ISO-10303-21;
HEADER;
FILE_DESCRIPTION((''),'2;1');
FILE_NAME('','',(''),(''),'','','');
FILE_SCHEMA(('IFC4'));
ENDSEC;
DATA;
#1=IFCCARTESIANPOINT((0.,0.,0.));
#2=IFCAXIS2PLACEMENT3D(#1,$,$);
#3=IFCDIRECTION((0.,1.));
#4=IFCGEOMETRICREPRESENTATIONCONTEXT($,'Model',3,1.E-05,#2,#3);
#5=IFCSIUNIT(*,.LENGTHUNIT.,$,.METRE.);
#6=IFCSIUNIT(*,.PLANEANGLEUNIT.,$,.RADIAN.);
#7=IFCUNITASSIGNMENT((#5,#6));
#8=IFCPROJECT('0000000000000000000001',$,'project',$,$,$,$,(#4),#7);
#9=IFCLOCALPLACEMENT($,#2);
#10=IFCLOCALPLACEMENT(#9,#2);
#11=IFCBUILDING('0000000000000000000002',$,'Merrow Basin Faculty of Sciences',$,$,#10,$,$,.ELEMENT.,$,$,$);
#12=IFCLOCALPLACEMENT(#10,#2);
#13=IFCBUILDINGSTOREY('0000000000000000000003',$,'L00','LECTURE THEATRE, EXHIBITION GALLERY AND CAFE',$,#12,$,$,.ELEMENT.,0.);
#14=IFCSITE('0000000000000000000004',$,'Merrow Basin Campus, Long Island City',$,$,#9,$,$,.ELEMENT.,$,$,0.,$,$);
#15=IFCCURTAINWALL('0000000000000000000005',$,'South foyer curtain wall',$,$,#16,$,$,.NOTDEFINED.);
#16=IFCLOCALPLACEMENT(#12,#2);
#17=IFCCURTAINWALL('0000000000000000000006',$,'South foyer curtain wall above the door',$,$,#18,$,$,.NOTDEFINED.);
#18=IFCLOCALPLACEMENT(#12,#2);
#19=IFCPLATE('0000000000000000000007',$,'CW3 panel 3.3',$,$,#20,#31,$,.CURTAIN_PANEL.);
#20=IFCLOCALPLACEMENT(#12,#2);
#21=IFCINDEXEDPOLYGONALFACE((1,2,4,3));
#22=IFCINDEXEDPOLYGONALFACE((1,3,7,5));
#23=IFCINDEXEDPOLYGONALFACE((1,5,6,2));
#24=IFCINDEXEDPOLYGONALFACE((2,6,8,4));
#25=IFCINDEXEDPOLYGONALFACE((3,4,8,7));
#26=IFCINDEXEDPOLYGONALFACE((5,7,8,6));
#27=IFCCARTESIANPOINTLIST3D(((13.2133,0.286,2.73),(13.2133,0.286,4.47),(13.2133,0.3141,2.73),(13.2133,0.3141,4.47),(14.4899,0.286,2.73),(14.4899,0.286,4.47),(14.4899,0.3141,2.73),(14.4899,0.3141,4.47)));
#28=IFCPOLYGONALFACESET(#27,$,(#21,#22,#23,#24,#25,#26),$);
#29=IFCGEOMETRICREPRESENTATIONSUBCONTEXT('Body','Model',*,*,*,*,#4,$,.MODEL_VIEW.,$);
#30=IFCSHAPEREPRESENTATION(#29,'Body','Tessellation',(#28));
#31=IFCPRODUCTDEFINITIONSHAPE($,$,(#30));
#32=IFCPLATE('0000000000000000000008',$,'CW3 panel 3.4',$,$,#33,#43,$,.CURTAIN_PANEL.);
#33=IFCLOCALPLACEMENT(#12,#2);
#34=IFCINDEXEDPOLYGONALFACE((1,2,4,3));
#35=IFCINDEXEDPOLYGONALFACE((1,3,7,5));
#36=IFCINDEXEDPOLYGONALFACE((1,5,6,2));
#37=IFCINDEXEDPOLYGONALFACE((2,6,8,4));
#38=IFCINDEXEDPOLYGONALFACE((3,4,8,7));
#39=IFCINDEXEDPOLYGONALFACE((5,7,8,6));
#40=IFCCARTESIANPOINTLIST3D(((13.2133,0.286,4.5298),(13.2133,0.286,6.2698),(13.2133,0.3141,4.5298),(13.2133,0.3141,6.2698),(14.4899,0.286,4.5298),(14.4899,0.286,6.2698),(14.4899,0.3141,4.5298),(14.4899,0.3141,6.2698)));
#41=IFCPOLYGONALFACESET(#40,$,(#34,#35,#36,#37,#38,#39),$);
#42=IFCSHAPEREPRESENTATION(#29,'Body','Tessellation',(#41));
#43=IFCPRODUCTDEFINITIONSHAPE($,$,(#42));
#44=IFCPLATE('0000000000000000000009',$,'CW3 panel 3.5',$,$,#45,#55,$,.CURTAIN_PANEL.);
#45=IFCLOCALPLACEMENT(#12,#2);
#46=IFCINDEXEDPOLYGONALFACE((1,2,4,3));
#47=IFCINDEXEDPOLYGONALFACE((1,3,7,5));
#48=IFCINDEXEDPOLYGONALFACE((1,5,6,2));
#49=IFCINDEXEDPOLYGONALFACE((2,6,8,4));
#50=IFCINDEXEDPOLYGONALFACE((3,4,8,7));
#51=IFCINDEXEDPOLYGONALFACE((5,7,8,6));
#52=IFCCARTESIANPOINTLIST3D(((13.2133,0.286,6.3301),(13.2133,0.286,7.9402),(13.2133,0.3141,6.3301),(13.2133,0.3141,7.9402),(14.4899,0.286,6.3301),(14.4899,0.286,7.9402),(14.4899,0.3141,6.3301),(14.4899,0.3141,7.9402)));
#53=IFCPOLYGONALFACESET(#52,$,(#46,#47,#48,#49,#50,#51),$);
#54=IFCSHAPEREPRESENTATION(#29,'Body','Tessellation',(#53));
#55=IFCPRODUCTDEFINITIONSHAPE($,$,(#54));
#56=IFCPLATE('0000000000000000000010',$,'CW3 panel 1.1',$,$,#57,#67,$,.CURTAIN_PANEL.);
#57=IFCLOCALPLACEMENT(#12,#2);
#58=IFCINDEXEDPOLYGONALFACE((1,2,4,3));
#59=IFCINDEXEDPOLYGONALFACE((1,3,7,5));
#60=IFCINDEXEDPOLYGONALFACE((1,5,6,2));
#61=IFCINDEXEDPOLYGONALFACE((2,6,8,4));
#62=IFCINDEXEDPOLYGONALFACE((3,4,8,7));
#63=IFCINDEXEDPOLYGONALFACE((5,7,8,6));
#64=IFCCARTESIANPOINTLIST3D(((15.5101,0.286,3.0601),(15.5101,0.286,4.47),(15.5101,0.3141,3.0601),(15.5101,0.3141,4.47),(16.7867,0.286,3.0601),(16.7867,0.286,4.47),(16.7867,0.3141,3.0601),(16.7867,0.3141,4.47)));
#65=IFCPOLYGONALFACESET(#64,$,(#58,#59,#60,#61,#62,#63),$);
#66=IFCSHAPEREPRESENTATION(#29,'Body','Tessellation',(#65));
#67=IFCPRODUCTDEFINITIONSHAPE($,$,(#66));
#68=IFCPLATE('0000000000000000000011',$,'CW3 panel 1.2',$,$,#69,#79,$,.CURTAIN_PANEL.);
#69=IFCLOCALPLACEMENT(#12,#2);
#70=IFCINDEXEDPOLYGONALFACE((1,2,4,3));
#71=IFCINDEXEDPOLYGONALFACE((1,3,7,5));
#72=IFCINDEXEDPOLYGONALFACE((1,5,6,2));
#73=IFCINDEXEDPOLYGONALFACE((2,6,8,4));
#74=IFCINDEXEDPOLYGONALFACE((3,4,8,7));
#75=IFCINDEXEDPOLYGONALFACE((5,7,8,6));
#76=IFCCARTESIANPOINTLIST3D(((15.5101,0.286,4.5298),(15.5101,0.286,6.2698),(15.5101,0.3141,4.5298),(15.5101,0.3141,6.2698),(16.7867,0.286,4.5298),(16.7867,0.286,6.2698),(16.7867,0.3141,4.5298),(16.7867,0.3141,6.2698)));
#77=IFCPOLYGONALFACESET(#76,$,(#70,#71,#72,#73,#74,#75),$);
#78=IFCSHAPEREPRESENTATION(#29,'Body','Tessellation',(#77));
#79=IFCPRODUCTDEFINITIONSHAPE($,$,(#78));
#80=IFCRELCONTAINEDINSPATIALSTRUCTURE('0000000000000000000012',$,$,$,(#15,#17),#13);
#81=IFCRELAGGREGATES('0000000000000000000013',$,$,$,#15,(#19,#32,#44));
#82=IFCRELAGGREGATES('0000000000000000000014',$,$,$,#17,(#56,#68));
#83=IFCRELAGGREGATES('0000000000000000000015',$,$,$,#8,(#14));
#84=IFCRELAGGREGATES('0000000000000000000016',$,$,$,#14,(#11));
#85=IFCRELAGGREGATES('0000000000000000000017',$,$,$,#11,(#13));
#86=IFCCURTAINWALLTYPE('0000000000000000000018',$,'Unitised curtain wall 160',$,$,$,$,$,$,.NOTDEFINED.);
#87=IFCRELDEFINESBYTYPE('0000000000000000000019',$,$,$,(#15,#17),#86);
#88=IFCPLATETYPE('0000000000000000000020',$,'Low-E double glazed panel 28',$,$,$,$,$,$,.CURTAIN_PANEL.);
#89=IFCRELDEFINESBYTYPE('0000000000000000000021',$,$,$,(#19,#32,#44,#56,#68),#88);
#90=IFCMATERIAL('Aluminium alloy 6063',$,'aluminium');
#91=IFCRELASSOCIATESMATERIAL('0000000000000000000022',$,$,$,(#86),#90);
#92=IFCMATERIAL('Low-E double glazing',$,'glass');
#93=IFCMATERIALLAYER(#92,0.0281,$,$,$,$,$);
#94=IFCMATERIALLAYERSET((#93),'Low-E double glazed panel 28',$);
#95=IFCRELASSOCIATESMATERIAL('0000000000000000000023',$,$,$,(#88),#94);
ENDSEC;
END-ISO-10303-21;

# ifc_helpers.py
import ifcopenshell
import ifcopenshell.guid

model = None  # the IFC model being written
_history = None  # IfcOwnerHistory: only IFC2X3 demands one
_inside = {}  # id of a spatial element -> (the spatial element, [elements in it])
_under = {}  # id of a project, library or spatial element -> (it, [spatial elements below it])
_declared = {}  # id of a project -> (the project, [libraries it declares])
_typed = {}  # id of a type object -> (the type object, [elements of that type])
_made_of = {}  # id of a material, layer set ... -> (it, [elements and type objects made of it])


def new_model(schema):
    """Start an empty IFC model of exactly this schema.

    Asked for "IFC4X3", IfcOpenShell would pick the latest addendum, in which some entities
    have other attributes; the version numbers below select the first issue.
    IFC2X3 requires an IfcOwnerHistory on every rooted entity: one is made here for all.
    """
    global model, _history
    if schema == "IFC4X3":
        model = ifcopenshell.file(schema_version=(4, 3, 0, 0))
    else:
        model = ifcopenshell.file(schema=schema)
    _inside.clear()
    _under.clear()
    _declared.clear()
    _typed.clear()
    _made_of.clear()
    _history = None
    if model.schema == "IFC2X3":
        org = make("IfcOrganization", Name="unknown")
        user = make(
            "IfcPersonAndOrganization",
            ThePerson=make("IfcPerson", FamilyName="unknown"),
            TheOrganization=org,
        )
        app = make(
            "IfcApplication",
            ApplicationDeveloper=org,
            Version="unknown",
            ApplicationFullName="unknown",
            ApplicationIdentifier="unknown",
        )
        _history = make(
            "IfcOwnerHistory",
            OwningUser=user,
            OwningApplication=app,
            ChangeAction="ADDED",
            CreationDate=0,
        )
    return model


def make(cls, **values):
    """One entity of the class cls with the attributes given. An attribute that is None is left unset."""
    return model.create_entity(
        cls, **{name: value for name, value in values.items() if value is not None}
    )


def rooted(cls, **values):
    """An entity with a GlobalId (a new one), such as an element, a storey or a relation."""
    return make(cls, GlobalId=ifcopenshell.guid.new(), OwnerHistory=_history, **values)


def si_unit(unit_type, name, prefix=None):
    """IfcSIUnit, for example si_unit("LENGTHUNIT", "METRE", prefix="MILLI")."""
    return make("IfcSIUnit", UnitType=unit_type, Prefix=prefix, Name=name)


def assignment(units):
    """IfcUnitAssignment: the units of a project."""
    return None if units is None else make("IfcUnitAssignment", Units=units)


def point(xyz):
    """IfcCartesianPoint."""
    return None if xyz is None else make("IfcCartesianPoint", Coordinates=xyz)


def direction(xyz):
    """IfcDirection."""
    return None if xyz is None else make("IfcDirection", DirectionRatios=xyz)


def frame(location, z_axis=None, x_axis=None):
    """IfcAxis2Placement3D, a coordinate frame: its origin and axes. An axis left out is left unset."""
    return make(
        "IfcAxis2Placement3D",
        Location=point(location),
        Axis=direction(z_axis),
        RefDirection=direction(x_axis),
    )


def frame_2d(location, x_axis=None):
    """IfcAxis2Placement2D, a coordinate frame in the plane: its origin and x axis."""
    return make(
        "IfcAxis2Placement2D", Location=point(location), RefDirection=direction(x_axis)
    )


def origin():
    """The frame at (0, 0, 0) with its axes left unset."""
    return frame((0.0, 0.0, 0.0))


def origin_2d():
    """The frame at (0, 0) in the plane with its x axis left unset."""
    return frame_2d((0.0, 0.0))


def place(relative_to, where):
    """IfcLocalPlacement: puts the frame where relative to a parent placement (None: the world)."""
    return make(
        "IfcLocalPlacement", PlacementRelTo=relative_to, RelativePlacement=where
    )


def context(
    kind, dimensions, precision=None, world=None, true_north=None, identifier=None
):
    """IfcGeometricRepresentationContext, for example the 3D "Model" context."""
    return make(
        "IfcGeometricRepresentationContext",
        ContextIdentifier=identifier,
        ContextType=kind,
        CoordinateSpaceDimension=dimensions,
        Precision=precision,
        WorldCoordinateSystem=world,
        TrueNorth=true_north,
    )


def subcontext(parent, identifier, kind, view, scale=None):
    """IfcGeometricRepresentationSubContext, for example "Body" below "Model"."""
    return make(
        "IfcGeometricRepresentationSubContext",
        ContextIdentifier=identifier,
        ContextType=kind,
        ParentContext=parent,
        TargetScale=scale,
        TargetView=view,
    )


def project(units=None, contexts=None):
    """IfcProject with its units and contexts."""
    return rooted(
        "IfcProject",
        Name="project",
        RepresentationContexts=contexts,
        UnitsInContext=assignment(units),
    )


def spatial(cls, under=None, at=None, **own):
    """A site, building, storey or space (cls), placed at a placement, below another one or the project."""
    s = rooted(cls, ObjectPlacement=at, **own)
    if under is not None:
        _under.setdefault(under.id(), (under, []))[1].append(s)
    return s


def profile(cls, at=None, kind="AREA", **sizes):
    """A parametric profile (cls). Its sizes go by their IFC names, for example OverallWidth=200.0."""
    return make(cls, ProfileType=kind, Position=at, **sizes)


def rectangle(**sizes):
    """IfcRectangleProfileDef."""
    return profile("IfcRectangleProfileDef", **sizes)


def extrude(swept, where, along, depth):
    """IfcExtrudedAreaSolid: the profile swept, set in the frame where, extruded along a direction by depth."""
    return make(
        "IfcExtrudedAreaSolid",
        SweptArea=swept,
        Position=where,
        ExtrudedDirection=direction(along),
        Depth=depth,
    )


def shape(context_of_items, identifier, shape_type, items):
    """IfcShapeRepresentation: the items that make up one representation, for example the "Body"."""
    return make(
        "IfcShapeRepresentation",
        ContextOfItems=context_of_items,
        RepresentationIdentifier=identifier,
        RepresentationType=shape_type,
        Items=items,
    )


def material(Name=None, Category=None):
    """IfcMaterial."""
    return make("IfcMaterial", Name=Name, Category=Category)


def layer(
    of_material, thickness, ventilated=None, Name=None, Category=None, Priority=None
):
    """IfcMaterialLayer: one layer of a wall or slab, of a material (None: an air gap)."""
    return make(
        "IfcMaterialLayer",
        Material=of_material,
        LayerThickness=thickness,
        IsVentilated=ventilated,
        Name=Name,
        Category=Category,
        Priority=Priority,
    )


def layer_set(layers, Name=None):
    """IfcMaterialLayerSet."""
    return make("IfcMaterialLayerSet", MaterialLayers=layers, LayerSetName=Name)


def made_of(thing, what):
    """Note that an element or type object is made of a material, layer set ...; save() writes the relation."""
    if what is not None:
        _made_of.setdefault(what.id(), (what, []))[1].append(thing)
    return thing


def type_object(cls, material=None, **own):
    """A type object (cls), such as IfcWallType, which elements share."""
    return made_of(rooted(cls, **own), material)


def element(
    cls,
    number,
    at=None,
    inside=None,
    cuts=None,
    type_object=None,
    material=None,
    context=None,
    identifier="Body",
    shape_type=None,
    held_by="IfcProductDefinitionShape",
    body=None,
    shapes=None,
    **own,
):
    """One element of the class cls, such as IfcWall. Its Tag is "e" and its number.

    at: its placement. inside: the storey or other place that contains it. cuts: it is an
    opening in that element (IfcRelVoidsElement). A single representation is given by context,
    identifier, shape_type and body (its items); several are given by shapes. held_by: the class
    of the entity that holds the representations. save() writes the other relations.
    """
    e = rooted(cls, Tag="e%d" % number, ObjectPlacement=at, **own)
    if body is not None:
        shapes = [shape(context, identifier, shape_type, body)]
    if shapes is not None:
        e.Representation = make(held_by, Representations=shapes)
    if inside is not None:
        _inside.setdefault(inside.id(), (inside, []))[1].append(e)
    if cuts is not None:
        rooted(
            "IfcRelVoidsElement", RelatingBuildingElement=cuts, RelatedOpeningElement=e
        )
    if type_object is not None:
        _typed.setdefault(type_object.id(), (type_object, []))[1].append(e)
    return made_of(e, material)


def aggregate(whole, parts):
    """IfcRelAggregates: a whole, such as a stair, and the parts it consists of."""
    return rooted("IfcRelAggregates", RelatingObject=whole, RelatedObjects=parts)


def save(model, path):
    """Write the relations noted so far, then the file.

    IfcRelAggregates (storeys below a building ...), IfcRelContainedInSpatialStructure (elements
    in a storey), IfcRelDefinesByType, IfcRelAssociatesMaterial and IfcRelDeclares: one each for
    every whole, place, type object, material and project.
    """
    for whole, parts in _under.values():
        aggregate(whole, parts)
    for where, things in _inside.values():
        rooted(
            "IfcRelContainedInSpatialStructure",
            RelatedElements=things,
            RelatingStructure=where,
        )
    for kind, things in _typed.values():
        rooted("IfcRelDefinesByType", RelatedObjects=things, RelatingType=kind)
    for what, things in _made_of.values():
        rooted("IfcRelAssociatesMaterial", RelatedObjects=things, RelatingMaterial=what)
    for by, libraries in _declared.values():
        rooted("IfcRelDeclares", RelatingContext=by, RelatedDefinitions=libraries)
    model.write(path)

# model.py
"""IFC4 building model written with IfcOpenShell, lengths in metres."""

from ifc_helpers import new_model, si_unit, direction, frame, origin, origin_2d, place, context, subcontext, project, spatial, rectangle, extrude, material, layer, layer_set, type_object, element, aggregate, save


model = new_model("IFC4")

# Units and contexts
model_context = context("Model", 3, precision=1e-05, world=origin(), true_north=direction((0.0, 1.0)))
body_context = subcontext(model_context, "Body", "Model", "MODEL_VIEW")
ifc_project = project(units=[si_unit("LENGTHUNIT", "METRE"), si_unit("PLANEANGLEUNIT", "RADIAN")], contexts=[model_context])

# Site, building, storey
site_placement = place(None, origin())
site = spatial("IfcSite", under=ifc_project, at=site_placement, Name="Merrow Basin Campus, Long Island City", CompositionType="ELEMENT", RefElevation=0.0)
building_placement = place(site_placement, origin())
building = spatial("IfcBuilding", under=site, at=building_placement, Name="Merrow Basin Faculty of Sciences", CompositionType="ELEMENT")
storey_placement = place(building_placement, origin())
storey = spatial("IfcBuildingStorey", under=building, at=storey_placement, Name="L00", Description="LECTURE THEATRE, EXHIBITION GALLERY AND CAFE", CompositionType="ELEMENT", Elevation=0.0)

# Curtain wall
ifc_material_1 = material(Name="Aluminium alloy 6063", Category="aluminium")
curtain_wall_type = type_object("IfcCurtainWallType", Name="Unitised curtain wall 160", PredefinedType="NOTDEFINED", material=ifc_material_1)
curtain_wall_1_placement = place(storey_placement, origin())
curtain_wall_1 = element("IfcCurtainWall", 1, at=curtain_wall_1_placement, inside=storey, type_object=curtain_wall_type, Name="South foyer curtain wall", PredefinedType="NOTDEFINED")

# Curtain wall
curtain_wall_2_placement = place(storey_placement, origin())
curtain_wall_2 = element("IfcCurtainWall", 2, at=curtain_wall_2_placement, inside=storey, type_object=curtain_wall_type, Name="South foyer curtain wall above the door", PredefinedType="NOTDEFINED")

# Plates
ifc_material_2 = material(Name="Low-E double glazing", Category="glass")
ifc_layer_1 = layer(ifc_material_2, 0.0281)
ifc_layer_set_1 = layer_set([ifc_layer_1], Name="Low-E double glazed panel 28")
plate_type_1 = type_object("IfcPlateType", Name="Low-E double glazed panel 28", PredefinedType="CURTAIN_PANEL", material=ifc_layer_set_1)
plate_1_placement = place(storey_placement, frame((13.8516, 0.3, 2.73), z_axis=(0.0, 0.0, 1.0), x_axis=(1.0, 0.0, 0.0)))
plate_1 = element("IfcPlate", 3, at=plate_1_placement, type_object=plate_type_1, Name="CW3 panel 3.3", PredefinedType="CURTAIN_PANEL", context=body_context, shape_type="SweptSolid", body=[
    extrude(rectangle(XDim=1.2766, YDim=0.0281, at=origin_2d()), origin(), (0.0, 0.0, 1.0), 1.74),
])
plate_2_placement = place(storey_placement, frame((13.8516, 0.3, 4.5298), z_axis=(0.0, 0.0, 1.0), x_axis=(1.0, 0.0, 0.0)))
plate_2 = element("IfcPlate", 4, at=plate_2_placement, type_object=plate_type_1, Name="CW3 panel 3.4", PredefinedType="CURTAIN_PANEL", context=body_context, shape_type="SweptSolid", body=[
    extrude(rectangle(XDim=1.2766, YDim=0.0281, at=origin_2d()), origin(), (0.0, 0.0, 1.0), 1.74),
])
plate_3_placement = place(storey_placement, frame((13.8516, 0.3, 6.3301), z_axis=(0.0, 0.0, 1.0), x_axis=(1.0, 0.0, 0.0)))
plate_3 = element("IfcPlate", 5, at=plate_3_placement, type_object=plate_type_1, Name="CW3 panel 3.5", PredefinedType="CURTAIN_PANEL", context=body_context, shape_type="SweptSolid", body=[
    extrude(rectangle(XDim=1.2766, YDim=0.0281, at=origin_2d()), origin(), (0.0, 0.0, 1.0), 1.6101),
])
aggregate(curtain_wall_1, [plate_1, plate_2, plate_3])
plate_4_placement = place(storey_placement, frame((16.1484, 0.3, 3.0601), z_axis=(0.0, 0.0, 1.0), x_axis=(1.0, 0.0, 0.0)))
plate_4 = element("IfcPlate", 6, at=plate_4_placement, type_object=plate_type_1, Name="CW3 panel 1.1", PredefinedType="CURTAIN_PANEL", context=body_context, shape_type="SweptSolid", body=[
    extrude(rectangle(XDim=1.2766, YDim=0.0281, at=origin_2d()), origin(), (0.0, 0.0, 1.0), 1.4099),
])
plate_5_placement = place(storey_placement, frame((16.1484, 0.3, 4.5298), z_axis=(0.0, 0.0, 1.0), x_axis=(1.0, 0.0, 0.0)))
plate_5 = element("IfcPlate", 7, at=plate_5_placement, type_object=plate_type_1, Name="CW3 panel 1.2", PredefinedType="CURTAIN_PANEL", context=body_context, shape_type="SweptSolid", body=[
    extrude(rectangle(XDim=1.2766, YDim=0.0281, at=origin_2d()), origin(), (0.0, 0.0, 1.0), 1.74),
])
aggregate(curtain_wall_2, [plate_4, plate_5])

save(model, "model.ifc")
